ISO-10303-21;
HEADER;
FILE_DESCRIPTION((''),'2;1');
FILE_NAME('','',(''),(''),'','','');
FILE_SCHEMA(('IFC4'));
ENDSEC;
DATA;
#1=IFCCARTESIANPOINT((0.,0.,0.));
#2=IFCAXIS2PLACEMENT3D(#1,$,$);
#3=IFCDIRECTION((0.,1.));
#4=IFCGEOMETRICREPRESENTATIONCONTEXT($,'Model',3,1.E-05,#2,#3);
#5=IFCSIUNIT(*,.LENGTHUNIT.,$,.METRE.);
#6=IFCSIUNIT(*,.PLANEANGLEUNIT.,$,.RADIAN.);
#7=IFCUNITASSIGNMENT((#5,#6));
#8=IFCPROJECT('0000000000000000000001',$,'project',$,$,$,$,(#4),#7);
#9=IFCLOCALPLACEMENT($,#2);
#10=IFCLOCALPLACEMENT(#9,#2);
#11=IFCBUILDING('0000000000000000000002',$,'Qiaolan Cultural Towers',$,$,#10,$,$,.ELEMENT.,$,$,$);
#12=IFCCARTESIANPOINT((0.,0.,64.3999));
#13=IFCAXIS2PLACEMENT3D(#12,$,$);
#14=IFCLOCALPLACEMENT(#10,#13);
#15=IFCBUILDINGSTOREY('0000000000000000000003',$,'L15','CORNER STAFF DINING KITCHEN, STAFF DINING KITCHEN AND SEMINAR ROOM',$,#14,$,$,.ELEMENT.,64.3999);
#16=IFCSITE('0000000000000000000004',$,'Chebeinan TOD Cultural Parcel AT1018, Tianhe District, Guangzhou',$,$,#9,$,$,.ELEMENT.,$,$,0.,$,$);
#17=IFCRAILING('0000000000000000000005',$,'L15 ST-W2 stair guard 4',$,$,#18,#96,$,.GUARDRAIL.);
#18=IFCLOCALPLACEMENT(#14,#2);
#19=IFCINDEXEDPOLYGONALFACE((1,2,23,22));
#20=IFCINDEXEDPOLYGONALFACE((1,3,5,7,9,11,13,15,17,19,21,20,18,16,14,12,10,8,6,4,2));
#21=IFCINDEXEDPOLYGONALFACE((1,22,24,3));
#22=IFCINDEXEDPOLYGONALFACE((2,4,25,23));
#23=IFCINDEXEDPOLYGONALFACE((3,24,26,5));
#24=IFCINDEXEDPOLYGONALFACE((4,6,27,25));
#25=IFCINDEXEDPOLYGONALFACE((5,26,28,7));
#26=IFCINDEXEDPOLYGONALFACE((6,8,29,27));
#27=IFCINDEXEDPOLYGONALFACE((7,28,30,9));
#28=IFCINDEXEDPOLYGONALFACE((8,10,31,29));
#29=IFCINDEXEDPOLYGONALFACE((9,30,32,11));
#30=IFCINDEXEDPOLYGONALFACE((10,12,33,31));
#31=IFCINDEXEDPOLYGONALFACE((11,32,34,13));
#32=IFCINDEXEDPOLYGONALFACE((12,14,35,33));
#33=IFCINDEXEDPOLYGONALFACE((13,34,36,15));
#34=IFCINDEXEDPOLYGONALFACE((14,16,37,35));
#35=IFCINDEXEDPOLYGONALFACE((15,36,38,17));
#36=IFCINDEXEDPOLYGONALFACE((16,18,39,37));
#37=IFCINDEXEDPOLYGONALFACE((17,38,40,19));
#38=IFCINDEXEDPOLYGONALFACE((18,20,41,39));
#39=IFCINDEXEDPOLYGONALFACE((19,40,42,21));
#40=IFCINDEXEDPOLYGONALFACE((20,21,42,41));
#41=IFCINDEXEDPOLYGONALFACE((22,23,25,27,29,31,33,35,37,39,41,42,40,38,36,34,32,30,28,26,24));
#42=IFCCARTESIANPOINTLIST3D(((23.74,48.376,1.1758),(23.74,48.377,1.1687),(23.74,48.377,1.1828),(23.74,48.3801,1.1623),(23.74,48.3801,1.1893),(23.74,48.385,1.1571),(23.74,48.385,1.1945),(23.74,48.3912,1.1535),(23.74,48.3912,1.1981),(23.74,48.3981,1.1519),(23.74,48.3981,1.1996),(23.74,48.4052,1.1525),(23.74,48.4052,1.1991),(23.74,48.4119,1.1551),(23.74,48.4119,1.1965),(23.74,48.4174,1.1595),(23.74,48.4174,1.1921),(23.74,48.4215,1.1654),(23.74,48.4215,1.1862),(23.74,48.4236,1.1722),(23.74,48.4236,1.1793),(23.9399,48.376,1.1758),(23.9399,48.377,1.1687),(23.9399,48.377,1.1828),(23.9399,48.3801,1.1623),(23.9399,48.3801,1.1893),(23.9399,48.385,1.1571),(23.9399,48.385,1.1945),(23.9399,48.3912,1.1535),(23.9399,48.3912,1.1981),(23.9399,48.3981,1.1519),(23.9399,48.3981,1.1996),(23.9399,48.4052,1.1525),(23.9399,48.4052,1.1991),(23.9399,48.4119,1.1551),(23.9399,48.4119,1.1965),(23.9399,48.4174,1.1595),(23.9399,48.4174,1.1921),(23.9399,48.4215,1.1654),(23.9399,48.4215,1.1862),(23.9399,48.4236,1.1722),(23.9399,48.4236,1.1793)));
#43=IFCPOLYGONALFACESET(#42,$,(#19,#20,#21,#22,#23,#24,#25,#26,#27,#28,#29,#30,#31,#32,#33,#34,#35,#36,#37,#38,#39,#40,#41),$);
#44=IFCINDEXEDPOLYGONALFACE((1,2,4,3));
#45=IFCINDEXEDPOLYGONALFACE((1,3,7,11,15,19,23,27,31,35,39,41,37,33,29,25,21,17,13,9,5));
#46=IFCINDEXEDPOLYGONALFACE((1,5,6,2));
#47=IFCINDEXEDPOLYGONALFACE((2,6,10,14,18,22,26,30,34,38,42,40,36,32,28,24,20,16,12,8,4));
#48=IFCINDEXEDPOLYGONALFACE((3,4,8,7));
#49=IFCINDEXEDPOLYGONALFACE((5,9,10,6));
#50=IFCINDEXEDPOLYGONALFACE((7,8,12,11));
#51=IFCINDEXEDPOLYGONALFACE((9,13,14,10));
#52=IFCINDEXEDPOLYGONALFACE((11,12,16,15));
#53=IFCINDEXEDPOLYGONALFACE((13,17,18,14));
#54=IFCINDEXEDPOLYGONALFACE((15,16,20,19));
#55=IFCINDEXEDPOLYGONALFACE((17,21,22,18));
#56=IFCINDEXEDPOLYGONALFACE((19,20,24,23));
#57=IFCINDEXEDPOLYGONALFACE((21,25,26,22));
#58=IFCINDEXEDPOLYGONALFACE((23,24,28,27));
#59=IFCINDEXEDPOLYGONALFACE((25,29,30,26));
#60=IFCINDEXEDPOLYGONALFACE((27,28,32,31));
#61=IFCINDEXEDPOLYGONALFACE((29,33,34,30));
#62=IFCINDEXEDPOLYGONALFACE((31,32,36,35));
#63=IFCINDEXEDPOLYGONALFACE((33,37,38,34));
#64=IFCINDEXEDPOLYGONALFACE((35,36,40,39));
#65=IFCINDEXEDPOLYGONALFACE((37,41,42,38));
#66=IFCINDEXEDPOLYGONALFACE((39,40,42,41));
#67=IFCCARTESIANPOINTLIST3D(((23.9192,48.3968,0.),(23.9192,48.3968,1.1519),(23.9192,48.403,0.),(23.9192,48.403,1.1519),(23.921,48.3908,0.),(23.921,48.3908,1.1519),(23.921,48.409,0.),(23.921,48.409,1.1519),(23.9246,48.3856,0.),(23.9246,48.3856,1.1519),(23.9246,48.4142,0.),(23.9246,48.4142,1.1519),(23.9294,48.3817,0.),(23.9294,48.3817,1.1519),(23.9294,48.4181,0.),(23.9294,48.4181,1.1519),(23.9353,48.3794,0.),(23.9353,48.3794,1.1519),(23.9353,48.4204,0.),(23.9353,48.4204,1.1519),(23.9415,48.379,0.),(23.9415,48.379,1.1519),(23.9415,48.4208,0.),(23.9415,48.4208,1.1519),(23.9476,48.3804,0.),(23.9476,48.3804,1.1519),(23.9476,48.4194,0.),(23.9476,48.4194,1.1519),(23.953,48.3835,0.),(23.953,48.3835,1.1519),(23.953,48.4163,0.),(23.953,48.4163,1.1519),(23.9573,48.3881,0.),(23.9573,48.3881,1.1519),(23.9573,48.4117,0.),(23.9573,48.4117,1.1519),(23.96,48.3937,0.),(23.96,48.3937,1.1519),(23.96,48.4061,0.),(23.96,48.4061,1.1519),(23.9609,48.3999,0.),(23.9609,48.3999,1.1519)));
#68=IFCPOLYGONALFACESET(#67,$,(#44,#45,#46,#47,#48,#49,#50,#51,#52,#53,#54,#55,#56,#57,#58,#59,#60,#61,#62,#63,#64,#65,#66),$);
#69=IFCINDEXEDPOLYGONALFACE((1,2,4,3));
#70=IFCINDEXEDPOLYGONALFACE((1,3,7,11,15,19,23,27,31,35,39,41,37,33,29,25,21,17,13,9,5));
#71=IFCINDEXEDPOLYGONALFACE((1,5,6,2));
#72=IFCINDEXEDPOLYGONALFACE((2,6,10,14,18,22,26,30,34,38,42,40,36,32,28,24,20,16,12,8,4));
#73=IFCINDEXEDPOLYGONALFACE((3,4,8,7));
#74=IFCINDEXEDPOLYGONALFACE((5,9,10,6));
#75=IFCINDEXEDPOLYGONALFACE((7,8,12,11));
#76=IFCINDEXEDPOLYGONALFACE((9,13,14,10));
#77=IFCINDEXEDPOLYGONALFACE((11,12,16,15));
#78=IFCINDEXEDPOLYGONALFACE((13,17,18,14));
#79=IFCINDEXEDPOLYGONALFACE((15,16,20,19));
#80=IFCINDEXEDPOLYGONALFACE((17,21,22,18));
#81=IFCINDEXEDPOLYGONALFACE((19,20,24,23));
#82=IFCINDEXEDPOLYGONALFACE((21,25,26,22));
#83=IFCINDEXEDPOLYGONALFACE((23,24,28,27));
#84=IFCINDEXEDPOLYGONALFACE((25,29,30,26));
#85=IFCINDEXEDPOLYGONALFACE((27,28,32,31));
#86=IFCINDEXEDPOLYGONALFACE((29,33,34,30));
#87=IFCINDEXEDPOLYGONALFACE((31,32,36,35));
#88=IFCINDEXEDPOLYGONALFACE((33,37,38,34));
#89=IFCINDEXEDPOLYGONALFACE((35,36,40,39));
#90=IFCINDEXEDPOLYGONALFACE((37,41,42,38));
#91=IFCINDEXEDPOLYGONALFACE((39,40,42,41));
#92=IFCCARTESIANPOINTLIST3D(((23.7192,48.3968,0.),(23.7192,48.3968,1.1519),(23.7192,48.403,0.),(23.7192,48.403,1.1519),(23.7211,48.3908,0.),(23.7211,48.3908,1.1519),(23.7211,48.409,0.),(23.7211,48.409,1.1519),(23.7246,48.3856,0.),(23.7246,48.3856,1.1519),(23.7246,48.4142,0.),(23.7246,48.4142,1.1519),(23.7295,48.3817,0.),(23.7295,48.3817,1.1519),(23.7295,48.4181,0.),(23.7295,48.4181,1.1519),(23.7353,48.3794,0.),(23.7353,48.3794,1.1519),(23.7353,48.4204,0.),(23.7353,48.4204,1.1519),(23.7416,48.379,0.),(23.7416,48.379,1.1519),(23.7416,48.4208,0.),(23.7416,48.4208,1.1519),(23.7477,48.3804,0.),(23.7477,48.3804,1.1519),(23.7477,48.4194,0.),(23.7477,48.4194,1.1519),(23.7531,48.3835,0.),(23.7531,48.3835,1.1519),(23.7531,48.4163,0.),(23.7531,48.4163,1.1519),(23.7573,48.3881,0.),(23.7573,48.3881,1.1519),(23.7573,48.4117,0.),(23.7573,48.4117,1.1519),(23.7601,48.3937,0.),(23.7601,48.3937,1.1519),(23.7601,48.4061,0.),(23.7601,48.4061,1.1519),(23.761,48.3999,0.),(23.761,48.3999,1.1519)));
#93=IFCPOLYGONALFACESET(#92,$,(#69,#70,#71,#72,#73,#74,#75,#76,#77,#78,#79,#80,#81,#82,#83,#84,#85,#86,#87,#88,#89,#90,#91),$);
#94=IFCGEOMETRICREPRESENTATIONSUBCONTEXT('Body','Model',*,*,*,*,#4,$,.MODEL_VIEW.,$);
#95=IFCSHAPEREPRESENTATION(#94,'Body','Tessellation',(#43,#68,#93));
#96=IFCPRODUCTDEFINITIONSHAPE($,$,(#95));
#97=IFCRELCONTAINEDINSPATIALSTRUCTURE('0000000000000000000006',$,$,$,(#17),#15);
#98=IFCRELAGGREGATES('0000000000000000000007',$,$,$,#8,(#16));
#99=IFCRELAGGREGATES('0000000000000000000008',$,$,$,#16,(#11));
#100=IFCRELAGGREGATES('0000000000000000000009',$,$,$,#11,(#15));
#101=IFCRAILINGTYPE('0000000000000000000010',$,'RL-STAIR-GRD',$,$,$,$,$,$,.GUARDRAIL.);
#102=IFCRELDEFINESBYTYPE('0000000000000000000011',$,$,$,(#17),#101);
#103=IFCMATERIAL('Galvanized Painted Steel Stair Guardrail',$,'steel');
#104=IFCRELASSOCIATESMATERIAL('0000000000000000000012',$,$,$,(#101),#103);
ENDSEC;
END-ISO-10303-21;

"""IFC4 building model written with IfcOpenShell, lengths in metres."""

from ifc_helpers import new_model, si_unit, direction, frame, origin, origin_2d, place, context, subcontext, project, spatial, circle, extrude, material, type_object, element, save


model = new_model("IFC4")

# Units and contexts
model_context = context("Model", 3, precision=1e-05, world=origin(), true_north=direction((0.0, 1.0)))
body_context = subcontext(model_context, "Body", "Model", "MODEL_VIEW")
ifc_project = project(units=[si_unit("LENGTHUNIT", "METRE"), si_unit("PLANEANGLEUNIT", "RADIAN")], contexts=[model_context])

# Site, building, storey
site_placement = place(None, origin())
site = spatial("IfcSite", under=ifc_project, at=site_placement, Name="Chebeinan TOD Cultural Parcel AT1018, Tianhe District, Guangzhou", CompositionType="ELEMENT", RefElevation=0.0)
building_placement = place(site_placement, origin())
building = spatial("IfcBuilding", under=site, at=building_placement, Name="Qiaolan Cultural Towers", CompositionType="ELEMENT")
storey_placement = place(building_placement, frame((0.0, 0.0, 64.3999)))
storey = spatial("IfcBuildingStorey", under=building, at=storey_placement, Name="L15", Description="CORNER STAFF DINING KITCHEN, STAFF DINING KITCHEN AND SEMINAR ROOM", CompositionType="ELEMENT", Elevation=64.3999)

# Railing
ifc_material_1 = material(Name="Galvanized Painted Steel Stair Guardrail", Category="steel")
railing_type_1 = type_object("IfcRailingType", Name="RL-STAIR-GRD", PredefinedType="GUARDRAIL", material=ifc_material_1)
railing_1_placement = place(storey_placement, frame((23.9399, 48.3999, 0.0)))
element("IfcRailing", 1, at=railing_1_placement, inside=storey, type_object=railing_type_1, Name="L15 ST-W2 stair guard 4", PredefinedType="GUARDRAIL", context=body_context, shape_type="SweptSolid", body=[
    extrude(circle(Radius=0.0239, at=origin_2d()), frame((0.0, 0.0, 1.1758), z_axis=(-1.0, 0.0, 0.0), x_axis=(0.0, -1.0, 0.0)), (0.0, 0.0, 1.0), 0.2),
    extrude(circle(Radius=0.021, at=origin_2d()), origin(), (0.0, 0.0, 1.0), 1.1519),
    extrude(circle(Radius=0.021, at=origin_2d()), frame((-0.2, 0.0, 0.0)), (0.0, 0.0, 1.0), 1.1519),
])

save(model, "model.ifc")
